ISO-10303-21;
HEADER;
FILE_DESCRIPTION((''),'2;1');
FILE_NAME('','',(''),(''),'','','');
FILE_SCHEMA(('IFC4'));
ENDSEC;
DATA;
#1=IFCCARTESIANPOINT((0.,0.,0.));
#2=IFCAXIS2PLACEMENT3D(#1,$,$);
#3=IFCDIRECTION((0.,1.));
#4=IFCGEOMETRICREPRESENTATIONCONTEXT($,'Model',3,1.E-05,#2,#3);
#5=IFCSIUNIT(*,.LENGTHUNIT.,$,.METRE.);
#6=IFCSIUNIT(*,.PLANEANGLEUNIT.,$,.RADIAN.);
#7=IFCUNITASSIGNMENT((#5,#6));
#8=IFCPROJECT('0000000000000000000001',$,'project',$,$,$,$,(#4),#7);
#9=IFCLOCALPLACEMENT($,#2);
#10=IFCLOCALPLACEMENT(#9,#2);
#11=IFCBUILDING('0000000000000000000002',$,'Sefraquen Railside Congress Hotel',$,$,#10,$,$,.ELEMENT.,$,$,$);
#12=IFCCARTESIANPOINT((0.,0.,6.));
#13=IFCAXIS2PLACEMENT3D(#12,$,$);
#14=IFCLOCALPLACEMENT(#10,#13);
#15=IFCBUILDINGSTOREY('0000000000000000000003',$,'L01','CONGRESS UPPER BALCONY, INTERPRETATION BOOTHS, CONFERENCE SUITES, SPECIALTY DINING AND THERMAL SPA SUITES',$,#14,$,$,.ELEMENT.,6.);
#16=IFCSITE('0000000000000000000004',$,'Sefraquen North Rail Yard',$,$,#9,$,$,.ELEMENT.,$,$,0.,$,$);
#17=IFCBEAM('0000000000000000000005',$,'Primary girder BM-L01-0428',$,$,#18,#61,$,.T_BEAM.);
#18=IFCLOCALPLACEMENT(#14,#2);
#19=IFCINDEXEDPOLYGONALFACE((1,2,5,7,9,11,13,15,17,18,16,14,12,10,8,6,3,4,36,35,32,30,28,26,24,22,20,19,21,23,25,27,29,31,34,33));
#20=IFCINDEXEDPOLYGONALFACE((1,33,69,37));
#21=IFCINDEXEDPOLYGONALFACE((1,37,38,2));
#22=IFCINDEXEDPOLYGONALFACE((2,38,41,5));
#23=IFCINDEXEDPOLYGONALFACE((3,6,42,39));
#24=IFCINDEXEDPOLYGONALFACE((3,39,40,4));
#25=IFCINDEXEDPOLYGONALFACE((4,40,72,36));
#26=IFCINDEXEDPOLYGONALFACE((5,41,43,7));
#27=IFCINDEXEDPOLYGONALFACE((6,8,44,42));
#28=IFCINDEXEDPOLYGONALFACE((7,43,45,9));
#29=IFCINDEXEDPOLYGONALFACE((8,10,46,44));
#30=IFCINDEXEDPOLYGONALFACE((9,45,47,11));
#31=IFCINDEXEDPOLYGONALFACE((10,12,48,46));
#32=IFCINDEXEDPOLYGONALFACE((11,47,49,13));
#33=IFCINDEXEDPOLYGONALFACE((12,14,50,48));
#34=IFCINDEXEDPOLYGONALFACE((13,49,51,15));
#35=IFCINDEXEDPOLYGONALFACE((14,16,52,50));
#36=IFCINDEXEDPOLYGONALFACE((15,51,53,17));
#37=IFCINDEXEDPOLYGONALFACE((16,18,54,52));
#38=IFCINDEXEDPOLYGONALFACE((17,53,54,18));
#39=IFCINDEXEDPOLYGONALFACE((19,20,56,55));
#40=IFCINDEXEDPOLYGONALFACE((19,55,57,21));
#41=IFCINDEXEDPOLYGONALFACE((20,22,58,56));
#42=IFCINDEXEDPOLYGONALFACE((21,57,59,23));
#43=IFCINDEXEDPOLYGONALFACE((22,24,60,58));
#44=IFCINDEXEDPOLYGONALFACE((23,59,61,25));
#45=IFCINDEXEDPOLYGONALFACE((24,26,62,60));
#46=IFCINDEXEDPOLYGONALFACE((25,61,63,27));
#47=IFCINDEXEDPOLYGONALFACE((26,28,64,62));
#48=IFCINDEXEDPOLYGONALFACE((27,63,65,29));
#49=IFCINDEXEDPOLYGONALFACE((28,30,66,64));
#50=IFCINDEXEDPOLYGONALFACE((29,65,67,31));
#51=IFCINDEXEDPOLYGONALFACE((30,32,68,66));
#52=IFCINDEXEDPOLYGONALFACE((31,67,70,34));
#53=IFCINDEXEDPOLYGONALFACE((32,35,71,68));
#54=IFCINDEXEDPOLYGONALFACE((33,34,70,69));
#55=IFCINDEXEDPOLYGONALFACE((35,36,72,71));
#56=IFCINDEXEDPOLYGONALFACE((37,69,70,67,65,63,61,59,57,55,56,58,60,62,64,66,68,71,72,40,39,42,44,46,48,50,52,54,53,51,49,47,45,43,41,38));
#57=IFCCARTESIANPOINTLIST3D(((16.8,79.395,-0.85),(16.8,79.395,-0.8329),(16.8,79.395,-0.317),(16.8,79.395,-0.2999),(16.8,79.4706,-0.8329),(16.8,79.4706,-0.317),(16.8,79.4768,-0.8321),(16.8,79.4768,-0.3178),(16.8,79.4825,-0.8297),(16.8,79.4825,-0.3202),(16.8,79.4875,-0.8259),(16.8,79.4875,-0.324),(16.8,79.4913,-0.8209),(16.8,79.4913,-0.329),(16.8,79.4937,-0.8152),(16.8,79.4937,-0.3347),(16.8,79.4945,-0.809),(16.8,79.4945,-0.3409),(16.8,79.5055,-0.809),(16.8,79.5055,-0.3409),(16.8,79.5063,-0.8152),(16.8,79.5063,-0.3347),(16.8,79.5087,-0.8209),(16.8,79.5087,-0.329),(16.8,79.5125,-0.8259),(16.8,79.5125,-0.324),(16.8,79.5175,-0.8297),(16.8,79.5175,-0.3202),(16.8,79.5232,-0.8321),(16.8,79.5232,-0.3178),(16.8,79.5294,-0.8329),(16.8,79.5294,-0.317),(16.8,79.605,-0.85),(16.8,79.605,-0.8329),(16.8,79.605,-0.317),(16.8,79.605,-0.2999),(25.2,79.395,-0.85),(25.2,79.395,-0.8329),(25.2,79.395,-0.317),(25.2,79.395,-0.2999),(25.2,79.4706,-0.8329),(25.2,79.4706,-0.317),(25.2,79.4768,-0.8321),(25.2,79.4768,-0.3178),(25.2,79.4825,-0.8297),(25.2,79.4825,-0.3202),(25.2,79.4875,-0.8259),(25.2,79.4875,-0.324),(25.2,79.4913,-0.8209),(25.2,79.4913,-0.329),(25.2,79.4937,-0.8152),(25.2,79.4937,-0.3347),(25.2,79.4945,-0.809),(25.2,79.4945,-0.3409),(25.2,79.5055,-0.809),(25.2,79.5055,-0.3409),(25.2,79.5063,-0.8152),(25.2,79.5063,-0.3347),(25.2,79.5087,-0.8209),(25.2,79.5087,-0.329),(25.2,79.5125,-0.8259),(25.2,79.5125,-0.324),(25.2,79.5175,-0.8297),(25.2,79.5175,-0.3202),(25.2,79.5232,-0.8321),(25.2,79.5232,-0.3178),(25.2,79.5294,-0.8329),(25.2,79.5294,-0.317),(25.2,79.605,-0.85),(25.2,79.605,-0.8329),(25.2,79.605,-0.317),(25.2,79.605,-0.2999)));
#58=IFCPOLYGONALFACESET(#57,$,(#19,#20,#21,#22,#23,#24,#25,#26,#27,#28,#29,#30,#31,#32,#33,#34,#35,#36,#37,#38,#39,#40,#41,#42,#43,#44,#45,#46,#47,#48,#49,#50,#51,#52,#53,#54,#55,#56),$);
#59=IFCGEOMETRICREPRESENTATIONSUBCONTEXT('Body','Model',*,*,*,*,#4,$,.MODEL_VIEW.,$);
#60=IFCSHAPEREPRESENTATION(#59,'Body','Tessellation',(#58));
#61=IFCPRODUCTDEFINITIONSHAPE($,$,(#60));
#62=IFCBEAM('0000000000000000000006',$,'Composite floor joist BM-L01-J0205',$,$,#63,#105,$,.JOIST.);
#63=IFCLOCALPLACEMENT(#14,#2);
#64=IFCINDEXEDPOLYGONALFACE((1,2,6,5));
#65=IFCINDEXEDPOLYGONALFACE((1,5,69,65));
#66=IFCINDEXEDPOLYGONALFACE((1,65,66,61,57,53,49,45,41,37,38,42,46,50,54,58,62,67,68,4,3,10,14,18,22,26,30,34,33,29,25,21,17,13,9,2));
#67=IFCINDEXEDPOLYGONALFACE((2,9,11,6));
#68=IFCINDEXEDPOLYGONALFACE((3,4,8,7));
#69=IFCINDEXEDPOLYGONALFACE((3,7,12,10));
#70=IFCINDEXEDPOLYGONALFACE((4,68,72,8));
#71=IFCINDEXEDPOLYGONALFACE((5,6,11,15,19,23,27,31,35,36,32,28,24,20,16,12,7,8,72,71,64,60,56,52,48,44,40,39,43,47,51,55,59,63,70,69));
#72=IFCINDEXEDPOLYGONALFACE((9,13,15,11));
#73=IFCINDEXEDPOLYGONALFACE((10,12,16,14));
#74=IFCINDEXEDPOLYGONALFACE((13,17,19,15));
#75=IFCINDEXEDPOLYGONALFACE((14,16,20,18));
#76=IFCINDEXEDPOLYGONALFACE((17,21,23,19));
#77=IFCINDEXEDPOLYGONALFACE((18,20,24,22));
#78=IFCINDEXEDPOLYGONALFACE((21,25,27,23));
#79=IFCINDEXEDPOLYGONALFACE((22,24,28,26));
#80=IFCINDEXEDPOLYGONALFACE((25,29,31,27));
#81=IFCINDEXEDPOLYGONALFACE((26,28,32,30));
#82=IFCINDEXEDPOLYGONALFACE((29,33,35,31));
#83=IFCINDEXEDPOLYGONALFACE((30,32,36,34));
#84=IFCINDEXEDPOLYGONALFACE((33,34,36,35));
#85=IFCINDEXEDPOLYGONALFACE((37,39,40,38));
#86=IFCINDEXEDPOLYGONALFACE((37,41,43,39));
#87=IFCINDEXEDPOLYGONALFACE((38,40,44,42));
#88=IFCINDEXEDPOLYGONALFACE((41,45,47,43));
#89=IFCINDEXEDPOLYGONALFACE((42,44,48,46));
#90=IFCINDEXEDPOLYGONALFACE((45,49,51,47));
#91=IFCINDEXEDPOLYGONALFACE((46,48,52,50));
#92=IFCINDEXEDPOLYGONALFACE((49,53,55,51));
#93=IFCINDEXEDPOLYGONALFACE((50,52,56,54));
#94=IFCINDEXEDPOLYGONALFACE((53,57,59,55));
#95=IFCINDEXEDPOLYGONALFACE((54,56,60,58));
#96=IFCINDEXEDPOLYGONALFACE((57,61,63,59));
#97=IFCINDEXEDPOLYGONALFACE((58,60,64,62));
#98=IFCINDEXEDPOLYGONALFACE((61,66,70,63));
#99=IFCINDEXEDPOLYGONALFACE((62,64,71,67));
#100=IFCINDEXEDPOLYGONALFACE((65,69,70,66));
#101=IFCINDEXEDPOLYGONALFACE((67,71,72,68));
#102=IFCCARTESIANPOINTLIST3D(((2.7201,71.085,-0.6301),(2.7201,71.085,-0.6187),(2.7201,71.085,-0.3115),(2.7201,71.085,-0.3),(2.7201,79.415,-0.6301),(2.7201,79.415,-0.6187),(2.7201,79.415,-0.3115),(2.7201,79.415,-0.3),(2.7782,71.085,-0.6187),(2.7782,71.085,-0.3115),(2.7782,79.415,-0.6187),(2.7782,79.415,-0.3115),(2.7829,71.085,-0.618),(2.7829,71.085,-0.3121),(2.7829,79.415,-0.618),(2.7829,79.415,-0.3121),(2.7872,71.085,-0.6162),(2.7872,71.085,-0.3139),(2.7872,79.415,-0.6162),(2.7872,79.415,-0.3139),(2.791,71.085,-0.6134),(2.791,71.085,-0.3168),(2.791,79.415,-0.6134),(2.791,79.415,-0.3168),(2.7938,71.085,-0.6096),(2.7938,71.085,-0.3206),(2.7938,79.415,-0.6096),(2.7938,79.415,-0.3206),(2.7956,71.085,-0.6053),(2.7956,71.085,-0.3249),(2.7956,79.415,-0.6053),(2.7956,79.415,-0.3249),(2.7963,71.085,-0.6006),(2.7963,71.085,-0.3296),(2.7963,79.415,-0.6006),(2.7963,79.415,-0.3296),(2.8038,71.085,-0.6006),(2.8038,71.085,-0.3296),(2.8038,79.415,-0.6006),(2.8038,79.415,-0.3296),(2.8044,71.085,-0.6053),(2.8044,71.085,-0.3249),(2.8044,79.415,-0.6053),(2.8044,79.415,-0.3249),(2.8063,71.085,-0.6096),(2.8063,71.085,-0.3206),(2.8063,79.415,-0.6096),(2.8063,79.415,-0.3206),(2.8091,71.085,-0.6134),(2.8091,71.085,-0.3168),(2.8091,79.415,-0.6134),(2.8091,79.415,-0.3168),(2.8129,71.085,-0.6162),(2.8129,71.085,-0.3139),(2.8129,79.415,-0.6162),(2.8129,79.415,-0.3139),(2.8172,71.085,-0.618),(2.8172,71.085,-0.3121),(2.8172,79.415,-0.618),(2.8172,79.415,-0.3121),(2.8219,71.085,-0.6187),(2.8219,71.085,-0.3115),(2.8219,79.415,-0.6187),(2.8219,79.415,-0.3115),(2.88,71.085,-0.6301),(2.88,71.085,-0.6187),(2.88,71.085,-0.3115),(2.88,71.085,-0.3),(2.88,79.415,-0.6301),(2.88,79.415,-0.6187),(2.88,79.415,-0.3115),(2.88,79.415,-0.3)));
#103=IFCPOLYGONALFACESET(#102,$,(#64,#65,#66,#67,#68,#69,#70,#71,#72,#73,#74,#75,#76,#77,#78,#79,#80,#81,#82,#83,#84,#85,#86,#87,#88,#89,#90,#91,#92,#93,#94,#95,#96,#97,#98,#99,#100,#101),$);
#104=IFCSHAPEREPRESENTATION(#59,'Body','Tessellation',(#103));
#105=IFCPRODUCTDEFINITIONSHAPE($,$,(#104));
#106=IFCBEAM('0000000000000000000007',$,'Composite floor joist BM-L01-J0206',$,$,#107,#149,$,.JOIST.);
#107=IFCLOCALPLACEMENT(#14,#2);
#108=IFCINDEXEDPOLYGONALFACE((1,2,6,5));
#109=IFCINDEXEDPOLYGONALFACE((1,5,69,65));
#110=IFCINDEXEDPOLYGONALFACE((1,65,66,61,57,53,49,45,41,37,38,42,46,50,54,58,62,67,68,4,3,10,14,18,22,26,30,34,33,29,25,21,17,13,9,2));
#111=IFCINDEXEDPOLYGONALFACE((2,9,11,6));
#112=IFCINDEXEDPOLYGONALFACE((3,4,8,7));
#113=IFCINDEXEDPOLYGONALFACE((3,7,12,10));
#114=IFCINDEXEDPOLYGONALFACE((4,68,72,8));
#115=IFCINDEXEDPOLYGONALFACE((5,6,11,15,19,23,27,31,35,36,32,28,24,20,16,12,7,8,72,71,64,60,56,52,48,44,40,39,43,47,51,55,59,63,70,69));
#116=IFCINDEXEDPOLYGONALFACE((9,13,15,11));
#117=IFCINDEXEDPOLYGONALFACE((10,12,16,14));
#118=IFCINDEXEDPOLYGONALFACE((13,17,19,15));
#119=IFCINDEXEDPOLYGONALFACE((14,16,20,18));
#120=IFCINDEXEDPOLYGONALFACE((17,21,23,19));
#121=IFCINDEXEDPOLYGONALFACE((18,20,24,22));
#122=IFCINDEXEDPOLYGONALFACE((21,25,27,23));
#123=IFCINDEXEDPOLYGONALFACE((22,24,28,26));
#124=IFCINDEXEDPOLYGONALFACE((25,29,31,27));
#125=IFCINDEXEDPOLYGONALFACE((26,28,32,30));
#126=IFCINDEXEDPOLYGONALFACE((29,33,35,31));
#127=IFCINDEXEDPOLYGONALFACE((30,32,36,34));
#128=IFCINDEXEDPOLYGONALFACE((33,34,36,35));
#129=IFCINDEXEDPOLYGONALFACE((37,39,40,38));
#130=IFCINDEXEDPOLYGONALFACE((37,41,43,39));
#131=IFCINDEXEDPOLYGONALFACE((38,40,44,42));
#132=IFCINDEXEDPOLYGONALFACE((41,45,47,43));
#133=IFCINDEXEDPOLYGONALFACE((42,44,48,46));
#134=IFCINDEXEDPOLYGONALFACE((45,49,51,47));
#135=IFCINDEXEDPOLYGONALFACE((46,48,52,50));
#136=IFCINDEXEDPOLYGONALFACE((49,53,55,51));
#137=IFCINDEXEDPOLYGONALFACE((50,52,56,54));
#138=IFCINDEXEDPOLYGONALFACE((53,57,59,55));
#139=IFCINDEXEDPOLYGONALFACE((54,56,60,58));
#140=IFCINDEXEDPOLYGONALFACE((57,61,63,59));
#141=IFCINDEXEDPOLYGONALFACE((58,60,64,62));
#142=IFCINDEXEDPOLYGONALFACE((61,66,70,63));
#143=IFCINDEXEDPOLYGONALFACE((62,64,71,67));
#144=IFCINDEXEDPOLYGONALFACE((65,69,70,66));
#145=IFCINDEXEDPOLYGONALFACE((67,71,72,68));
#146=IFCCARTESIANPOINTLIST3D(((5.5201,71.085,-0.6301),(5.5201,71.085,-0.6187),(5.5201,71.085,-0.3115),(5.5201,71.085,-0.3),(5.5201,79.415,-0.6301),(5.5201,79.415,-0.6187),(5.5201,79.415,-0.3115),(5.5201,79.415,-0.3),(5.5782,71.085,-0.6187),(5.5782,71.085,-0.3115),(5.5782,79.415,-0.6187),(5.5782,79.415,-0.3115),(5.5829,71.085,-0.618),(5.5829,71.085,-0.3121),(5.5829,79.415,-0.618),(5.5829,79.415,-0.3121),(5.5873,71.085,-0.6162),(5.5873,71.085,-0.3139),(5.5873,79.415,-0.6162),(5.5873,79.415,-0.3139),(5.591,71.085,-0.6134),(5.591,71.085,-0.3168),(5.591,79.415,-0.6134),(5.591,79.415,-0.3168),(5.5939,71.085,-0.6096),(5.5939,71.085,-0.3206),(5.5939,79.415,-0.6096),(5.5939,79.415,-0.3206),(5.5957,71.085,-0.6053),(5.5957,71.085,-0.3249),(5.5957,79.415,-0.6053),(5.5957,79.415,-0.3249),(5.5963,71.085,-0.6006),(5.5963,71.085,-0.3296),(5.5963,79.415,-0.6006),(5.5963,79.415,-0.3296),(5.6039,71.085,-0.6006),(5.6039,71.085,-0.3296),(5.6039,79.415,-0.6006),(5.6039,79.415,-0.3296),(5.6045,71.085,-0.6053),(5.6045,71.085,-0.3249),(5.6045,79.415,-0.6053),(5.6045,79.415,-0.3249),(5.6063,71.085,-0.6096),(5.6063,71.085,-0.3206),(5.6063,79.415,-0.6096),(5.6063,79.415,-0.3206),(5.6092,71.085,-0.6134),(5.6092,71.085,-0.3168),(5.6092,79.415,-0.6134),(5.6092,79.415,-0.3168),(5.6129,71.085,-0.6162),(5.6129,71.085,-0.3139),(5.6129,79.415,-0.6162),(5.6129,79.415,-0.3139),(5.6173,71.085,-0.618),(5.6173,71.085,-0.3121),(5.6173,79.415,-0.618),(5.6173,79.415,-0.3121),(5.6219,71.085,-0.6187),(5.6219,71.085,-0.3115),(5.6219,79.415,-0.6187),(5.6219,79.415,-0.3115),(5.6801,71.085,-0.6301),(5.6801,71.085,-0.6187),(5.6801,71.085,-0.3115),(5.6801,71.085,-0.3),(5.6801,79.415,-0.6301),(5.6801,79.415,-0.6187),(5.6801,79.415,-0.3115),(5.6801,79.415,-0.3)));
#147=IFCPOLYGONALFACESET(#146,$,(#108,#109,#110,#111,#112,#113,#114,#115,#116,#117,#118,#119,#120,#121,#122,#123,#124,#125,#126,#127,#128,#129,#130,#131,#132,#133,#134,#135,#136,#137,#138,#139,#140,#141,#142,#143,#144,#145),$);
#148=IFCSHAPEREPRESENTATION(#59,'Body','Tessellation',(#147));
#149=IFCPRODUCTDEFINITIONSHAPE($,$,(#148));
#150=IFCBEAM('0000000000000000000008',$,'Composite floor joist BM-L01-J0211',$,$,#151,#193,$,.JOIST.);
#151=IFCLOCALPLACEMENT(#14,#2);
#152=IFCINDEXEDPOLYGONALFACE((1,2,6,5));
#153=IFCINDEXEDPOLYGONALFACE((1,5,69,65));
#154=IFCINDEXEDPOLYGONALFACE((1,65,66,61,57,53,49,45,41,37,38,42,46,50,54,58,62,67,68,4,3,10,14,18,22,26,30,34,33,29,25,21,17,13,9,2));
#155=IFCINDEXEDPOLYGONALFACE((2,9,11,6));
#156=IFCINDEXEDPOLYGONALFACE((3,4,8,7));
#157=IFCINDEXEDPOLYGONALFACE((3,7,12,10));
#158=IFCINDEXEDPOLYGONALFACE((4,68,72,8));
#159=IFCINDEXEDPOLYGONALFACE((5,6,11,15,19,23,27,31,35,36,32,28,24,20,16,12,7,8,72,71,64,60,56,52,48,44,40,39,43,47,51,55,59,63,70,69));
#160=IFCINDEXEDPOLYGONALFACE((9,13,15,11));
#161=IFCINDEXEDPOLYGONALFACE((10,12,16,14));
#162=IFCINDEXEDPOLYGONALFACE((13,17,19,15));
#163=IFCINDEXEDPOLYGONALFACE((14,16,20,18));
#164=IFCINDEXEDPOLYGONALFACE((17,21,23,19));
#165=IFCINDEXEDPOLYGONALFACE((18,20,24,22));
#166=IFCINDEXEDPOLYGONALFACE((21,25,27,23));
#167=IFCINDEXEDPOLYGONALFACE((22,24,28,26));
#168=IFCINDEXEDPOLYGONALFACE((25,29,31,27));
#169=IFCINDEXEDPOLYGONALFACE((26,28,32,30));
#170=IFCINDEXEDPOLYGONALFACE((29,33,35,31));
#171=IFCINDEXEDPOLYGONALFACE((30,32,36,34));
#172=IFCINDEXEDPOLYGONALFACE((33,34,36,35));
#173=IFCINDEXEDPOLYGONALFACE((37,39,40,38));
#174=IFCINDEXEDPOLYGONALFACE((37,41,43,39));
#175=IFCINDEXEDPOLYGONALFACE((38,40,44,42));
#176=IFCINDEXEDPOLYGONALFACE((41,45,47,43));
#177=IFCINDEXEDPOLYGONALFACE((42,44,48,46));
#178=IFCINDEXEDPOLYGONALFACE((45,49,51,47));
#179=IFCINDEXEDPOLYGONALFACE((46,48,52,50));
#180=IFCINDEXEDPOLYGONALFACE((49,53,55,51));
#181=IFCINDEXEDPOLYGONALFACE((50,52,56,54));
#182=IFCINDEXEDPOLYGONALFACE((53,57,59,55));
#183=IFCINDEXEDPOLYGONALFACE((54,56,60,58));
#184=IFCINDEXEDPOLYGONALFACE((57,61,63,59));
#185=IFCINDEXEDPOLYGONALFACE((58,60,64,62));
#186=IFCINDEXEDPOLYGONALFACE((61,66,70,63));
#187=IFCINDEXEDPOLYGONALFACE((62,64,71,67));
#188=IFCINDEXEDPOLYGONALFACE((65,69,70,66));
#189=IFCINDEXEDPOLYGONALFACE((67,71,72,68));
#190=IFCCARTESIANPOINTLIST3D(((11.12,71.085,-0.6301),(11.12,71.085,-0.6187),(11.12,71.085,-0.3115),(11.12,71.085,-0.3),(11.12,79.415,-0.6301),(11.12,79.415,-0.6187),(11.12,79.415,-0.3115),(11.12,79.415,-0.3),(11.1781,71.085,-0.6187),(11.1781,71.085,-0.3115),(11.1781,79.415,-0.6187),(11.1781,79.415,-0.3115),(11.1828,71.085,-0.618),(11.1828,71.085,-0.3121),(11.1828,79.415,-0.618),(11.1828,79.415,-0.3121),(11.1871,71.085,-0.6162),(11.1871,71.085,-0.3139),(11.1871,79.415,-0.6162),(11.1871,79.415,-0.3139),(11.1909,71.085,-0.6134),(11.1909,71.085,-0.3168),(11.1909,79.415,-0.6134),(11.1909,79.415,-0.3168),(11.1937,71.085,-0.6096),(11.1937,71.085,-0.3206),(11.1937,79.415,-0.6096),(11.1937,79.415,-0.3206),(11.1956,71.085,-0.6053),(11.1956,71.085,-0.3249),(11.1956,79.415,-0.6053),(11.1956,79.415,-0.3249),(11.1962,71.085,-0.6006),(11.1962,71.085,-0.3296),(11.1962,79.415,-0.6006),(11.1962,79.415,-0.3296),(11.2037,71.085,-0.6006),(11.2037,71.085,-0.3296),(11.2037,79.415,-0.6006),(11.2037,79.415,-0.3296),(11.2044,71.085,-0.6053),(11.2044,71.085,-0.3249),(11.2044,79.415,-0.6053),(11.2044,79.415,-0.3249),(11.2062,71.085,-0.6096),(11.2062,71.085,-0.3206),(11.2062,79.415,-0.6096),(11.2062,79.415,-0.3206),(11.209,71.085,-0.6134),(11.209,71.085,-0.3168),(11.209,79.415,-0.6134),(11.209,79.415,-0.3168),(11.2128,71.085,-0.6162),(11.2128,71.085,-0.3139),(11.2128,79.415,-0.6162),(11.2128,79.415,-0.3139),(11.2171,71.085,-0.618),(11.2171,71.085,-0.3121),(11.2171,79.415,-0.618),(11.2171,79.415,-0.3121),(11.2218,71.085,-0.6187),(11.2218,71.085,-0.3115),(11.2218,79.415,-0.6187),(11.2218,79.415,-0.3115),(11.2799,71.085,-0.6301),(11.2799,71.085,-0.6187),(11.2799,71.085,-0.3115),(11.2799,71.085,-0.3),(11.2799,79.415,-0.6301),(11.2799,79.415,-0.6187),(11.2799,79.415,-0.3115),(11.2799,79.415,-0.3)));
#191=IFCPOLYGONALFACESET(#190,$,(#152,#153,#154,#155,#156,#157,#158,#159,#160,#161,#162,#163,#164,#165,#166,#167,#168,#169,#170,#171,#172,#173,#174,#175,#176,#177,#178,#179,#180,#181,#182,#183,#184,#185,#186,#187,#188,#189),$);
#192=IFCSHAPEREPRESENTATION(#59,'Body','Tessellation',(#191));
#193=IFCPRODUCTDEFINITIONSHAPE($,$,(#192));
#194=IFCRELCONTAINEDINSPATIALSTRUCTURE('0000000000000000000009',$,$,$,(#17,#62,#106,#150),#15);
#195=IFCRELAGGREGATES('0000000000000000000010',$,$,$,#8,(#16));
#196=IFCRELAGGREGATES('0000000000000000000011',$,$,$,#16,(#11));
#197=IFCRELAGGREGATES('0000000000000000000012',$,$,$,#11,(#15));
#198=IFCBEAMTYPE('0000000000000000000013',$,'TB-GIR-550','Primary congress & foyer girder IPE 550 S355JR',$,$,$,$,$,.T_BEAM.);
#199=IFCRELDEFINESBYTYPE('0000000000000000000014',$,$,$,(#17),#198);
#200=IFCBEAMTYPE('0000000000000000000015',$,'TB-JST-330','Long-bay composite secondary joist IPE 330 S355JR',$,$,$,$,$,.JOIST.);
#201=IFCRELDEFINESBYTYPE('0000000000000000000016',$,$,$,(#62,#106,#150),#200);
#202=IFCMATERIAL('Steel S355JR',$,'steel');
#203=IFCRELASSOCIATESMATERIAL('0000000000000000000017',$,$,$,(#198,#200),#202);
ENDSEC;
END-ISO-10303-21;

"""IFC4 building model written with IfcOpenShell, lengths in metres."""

from ifc_helpers import new_model, si_unit, direction, frame, origin, origin_2d, place, context, subcontext, project, spatial, i_section, extrude, material, material_profile, profile_set, type_object, element, save


model = new_model("IFC4")

# Units and contexts
model_context = context("Model", 3, precision=1e-05, world=origin(), true_north=direction((0.0, 1.0)))
body_context = subcontext(model_context, "Body", "Model", "MODEL_VIEW")
ifc_project = project(units=[si_unit("LENGTHUNIT", "METRE"), si_unit("PLANEANGLEUNIT", "RADIAN")], contexts=[model_context])

# Site, building, storey
site_placement = place(None, origin())
site = spatial("IfcSite", under=ifc_project, at=site_placement, Name="Sefraquen North Rail Yard", CompositionType="ELEMENT", RefElevation=0.0)
building_placement = place(site_placement, origin())
building = spatial("IfcBuilding", under=site, at=building_placement, Name="Sefraquen Railside Congress Hotel", CompositionType="ELEMENT")
storey_placement = place(building_placement, frame((0.0, 0.0, 6.0)))
storey = spatial("IfcBuildingStorey", under=building, at=storey_placement, Name="L01", Description="CONGRESS UPPER BALCONY, INTERPRETATION BOOTHS, CONFERENCE SUITES, SPECIALTY DINING AND THERMAL SPA SUITES", CompositionType="ELEMENT", Elevation=6.0)

# Shared definitions
ifc_material_1 = material(Name="Steel S355JR", Category="steel")

# Beams
ifc_material_profile_1 = material_profile(ifc_material_1, i_section(OverallWidth=0.21, OverallDepth=0.55, WebThickness=0.011, FlangeThickness=0.0171, FilletRadius=0.0239, at=origin_2d()), Name="IPE 550")
ifc_profile_set_1 = profile_set([ifc_material_profile_1], Name="Steel S355JR")
beam_type_1 = type_object("IfcBeamType", Name="TB-GIR-550", Description="Primary congress & foyer girder IPE 550 S355JR", PredefinedType="T_BEAM", material=ifc_profile_set_1)
beam_1_placement = place(storey_placement, frame((16.8, 79.5, -0.575), z_axis=(1.0, 0.0, 0.0), x_axis=(0.0, 1.0, 0.0)))
element("IfcBeam", 1, at=beam_1_placement, inside=storey, type_object=beam_type_1, Name="Primary girder BM-L01-0428", PredefinedType="T_BEAM", context=body_context, shape_type="SweptSolid", body=[
    extrude(i_section(OverallWidth=0.21, OverallDepth=0.55, WebThickness=0.011, FlangeThickness=0.0171, FilletRadius=0.0239, at=origin_2d()), origin(), (0.0, 0.0, 1.0), 8.3999),
])
ifc_material_profile_2 = material_profile(ifc_material_1, i_section(OverallWidth=0.1599, OverallDepth=0.3301, WebThickness=0.0076, FlangeThickness=0.0115, FilletRadius=0.0181, at=origin_2d()), Name="IPE 330")
ifc_profile_set_2 = profile_set([ifc_material_profile_2], Name="Steel S355JR")
beam_type_2 = type_object("IfcBeamType", Name="TB-JST-330", Description="Long-bay composite secondary joist IPE 330 S355JR", PredefinedType="JOIST", material=ifc_profile_set_2)
for number, where, z_axis, x_axis, name in (
    (2, (2.8, 71.085, -0.4651), (0.0, 1.0, 0.0), (-1.0, 0.0, 0.0), "Composite floor joist BM-L01-J0205"),
    (3, (5.6001, 71.085, -0.4651), (0.0, 1.0, 0.0), (-1.0, 0.0, 0.0), "Composite floor joist BM-L01-J0206"),
    (4, (11.2, 71.085, -0.4651), (0.0, 1.0, 0.0), (-1.0, 0.0, 0.0), "Composite floor joist BM-L01-J0211"),
):
    element("IfcBeam", number, at=place(storey_placement, frame(where, z_axis=z_axis, x_axis=x_axis)), inside=storey, type_object=beam_type_2, Name=name, PredefinedType="JOIST", context=body_context, shape_type="SweptSolid", body=[
        extrude(i_section(OverallWidth=0.1599, OverallDepth=0.3301, WebThickness=0.0076, FlangeThickness=0.0115, FilletRadius=0.0181, at=origin_2d()), origin(), (0.0, 0.0, 1.0), 8.3301),
    ])

save(model, "model.ifc")
